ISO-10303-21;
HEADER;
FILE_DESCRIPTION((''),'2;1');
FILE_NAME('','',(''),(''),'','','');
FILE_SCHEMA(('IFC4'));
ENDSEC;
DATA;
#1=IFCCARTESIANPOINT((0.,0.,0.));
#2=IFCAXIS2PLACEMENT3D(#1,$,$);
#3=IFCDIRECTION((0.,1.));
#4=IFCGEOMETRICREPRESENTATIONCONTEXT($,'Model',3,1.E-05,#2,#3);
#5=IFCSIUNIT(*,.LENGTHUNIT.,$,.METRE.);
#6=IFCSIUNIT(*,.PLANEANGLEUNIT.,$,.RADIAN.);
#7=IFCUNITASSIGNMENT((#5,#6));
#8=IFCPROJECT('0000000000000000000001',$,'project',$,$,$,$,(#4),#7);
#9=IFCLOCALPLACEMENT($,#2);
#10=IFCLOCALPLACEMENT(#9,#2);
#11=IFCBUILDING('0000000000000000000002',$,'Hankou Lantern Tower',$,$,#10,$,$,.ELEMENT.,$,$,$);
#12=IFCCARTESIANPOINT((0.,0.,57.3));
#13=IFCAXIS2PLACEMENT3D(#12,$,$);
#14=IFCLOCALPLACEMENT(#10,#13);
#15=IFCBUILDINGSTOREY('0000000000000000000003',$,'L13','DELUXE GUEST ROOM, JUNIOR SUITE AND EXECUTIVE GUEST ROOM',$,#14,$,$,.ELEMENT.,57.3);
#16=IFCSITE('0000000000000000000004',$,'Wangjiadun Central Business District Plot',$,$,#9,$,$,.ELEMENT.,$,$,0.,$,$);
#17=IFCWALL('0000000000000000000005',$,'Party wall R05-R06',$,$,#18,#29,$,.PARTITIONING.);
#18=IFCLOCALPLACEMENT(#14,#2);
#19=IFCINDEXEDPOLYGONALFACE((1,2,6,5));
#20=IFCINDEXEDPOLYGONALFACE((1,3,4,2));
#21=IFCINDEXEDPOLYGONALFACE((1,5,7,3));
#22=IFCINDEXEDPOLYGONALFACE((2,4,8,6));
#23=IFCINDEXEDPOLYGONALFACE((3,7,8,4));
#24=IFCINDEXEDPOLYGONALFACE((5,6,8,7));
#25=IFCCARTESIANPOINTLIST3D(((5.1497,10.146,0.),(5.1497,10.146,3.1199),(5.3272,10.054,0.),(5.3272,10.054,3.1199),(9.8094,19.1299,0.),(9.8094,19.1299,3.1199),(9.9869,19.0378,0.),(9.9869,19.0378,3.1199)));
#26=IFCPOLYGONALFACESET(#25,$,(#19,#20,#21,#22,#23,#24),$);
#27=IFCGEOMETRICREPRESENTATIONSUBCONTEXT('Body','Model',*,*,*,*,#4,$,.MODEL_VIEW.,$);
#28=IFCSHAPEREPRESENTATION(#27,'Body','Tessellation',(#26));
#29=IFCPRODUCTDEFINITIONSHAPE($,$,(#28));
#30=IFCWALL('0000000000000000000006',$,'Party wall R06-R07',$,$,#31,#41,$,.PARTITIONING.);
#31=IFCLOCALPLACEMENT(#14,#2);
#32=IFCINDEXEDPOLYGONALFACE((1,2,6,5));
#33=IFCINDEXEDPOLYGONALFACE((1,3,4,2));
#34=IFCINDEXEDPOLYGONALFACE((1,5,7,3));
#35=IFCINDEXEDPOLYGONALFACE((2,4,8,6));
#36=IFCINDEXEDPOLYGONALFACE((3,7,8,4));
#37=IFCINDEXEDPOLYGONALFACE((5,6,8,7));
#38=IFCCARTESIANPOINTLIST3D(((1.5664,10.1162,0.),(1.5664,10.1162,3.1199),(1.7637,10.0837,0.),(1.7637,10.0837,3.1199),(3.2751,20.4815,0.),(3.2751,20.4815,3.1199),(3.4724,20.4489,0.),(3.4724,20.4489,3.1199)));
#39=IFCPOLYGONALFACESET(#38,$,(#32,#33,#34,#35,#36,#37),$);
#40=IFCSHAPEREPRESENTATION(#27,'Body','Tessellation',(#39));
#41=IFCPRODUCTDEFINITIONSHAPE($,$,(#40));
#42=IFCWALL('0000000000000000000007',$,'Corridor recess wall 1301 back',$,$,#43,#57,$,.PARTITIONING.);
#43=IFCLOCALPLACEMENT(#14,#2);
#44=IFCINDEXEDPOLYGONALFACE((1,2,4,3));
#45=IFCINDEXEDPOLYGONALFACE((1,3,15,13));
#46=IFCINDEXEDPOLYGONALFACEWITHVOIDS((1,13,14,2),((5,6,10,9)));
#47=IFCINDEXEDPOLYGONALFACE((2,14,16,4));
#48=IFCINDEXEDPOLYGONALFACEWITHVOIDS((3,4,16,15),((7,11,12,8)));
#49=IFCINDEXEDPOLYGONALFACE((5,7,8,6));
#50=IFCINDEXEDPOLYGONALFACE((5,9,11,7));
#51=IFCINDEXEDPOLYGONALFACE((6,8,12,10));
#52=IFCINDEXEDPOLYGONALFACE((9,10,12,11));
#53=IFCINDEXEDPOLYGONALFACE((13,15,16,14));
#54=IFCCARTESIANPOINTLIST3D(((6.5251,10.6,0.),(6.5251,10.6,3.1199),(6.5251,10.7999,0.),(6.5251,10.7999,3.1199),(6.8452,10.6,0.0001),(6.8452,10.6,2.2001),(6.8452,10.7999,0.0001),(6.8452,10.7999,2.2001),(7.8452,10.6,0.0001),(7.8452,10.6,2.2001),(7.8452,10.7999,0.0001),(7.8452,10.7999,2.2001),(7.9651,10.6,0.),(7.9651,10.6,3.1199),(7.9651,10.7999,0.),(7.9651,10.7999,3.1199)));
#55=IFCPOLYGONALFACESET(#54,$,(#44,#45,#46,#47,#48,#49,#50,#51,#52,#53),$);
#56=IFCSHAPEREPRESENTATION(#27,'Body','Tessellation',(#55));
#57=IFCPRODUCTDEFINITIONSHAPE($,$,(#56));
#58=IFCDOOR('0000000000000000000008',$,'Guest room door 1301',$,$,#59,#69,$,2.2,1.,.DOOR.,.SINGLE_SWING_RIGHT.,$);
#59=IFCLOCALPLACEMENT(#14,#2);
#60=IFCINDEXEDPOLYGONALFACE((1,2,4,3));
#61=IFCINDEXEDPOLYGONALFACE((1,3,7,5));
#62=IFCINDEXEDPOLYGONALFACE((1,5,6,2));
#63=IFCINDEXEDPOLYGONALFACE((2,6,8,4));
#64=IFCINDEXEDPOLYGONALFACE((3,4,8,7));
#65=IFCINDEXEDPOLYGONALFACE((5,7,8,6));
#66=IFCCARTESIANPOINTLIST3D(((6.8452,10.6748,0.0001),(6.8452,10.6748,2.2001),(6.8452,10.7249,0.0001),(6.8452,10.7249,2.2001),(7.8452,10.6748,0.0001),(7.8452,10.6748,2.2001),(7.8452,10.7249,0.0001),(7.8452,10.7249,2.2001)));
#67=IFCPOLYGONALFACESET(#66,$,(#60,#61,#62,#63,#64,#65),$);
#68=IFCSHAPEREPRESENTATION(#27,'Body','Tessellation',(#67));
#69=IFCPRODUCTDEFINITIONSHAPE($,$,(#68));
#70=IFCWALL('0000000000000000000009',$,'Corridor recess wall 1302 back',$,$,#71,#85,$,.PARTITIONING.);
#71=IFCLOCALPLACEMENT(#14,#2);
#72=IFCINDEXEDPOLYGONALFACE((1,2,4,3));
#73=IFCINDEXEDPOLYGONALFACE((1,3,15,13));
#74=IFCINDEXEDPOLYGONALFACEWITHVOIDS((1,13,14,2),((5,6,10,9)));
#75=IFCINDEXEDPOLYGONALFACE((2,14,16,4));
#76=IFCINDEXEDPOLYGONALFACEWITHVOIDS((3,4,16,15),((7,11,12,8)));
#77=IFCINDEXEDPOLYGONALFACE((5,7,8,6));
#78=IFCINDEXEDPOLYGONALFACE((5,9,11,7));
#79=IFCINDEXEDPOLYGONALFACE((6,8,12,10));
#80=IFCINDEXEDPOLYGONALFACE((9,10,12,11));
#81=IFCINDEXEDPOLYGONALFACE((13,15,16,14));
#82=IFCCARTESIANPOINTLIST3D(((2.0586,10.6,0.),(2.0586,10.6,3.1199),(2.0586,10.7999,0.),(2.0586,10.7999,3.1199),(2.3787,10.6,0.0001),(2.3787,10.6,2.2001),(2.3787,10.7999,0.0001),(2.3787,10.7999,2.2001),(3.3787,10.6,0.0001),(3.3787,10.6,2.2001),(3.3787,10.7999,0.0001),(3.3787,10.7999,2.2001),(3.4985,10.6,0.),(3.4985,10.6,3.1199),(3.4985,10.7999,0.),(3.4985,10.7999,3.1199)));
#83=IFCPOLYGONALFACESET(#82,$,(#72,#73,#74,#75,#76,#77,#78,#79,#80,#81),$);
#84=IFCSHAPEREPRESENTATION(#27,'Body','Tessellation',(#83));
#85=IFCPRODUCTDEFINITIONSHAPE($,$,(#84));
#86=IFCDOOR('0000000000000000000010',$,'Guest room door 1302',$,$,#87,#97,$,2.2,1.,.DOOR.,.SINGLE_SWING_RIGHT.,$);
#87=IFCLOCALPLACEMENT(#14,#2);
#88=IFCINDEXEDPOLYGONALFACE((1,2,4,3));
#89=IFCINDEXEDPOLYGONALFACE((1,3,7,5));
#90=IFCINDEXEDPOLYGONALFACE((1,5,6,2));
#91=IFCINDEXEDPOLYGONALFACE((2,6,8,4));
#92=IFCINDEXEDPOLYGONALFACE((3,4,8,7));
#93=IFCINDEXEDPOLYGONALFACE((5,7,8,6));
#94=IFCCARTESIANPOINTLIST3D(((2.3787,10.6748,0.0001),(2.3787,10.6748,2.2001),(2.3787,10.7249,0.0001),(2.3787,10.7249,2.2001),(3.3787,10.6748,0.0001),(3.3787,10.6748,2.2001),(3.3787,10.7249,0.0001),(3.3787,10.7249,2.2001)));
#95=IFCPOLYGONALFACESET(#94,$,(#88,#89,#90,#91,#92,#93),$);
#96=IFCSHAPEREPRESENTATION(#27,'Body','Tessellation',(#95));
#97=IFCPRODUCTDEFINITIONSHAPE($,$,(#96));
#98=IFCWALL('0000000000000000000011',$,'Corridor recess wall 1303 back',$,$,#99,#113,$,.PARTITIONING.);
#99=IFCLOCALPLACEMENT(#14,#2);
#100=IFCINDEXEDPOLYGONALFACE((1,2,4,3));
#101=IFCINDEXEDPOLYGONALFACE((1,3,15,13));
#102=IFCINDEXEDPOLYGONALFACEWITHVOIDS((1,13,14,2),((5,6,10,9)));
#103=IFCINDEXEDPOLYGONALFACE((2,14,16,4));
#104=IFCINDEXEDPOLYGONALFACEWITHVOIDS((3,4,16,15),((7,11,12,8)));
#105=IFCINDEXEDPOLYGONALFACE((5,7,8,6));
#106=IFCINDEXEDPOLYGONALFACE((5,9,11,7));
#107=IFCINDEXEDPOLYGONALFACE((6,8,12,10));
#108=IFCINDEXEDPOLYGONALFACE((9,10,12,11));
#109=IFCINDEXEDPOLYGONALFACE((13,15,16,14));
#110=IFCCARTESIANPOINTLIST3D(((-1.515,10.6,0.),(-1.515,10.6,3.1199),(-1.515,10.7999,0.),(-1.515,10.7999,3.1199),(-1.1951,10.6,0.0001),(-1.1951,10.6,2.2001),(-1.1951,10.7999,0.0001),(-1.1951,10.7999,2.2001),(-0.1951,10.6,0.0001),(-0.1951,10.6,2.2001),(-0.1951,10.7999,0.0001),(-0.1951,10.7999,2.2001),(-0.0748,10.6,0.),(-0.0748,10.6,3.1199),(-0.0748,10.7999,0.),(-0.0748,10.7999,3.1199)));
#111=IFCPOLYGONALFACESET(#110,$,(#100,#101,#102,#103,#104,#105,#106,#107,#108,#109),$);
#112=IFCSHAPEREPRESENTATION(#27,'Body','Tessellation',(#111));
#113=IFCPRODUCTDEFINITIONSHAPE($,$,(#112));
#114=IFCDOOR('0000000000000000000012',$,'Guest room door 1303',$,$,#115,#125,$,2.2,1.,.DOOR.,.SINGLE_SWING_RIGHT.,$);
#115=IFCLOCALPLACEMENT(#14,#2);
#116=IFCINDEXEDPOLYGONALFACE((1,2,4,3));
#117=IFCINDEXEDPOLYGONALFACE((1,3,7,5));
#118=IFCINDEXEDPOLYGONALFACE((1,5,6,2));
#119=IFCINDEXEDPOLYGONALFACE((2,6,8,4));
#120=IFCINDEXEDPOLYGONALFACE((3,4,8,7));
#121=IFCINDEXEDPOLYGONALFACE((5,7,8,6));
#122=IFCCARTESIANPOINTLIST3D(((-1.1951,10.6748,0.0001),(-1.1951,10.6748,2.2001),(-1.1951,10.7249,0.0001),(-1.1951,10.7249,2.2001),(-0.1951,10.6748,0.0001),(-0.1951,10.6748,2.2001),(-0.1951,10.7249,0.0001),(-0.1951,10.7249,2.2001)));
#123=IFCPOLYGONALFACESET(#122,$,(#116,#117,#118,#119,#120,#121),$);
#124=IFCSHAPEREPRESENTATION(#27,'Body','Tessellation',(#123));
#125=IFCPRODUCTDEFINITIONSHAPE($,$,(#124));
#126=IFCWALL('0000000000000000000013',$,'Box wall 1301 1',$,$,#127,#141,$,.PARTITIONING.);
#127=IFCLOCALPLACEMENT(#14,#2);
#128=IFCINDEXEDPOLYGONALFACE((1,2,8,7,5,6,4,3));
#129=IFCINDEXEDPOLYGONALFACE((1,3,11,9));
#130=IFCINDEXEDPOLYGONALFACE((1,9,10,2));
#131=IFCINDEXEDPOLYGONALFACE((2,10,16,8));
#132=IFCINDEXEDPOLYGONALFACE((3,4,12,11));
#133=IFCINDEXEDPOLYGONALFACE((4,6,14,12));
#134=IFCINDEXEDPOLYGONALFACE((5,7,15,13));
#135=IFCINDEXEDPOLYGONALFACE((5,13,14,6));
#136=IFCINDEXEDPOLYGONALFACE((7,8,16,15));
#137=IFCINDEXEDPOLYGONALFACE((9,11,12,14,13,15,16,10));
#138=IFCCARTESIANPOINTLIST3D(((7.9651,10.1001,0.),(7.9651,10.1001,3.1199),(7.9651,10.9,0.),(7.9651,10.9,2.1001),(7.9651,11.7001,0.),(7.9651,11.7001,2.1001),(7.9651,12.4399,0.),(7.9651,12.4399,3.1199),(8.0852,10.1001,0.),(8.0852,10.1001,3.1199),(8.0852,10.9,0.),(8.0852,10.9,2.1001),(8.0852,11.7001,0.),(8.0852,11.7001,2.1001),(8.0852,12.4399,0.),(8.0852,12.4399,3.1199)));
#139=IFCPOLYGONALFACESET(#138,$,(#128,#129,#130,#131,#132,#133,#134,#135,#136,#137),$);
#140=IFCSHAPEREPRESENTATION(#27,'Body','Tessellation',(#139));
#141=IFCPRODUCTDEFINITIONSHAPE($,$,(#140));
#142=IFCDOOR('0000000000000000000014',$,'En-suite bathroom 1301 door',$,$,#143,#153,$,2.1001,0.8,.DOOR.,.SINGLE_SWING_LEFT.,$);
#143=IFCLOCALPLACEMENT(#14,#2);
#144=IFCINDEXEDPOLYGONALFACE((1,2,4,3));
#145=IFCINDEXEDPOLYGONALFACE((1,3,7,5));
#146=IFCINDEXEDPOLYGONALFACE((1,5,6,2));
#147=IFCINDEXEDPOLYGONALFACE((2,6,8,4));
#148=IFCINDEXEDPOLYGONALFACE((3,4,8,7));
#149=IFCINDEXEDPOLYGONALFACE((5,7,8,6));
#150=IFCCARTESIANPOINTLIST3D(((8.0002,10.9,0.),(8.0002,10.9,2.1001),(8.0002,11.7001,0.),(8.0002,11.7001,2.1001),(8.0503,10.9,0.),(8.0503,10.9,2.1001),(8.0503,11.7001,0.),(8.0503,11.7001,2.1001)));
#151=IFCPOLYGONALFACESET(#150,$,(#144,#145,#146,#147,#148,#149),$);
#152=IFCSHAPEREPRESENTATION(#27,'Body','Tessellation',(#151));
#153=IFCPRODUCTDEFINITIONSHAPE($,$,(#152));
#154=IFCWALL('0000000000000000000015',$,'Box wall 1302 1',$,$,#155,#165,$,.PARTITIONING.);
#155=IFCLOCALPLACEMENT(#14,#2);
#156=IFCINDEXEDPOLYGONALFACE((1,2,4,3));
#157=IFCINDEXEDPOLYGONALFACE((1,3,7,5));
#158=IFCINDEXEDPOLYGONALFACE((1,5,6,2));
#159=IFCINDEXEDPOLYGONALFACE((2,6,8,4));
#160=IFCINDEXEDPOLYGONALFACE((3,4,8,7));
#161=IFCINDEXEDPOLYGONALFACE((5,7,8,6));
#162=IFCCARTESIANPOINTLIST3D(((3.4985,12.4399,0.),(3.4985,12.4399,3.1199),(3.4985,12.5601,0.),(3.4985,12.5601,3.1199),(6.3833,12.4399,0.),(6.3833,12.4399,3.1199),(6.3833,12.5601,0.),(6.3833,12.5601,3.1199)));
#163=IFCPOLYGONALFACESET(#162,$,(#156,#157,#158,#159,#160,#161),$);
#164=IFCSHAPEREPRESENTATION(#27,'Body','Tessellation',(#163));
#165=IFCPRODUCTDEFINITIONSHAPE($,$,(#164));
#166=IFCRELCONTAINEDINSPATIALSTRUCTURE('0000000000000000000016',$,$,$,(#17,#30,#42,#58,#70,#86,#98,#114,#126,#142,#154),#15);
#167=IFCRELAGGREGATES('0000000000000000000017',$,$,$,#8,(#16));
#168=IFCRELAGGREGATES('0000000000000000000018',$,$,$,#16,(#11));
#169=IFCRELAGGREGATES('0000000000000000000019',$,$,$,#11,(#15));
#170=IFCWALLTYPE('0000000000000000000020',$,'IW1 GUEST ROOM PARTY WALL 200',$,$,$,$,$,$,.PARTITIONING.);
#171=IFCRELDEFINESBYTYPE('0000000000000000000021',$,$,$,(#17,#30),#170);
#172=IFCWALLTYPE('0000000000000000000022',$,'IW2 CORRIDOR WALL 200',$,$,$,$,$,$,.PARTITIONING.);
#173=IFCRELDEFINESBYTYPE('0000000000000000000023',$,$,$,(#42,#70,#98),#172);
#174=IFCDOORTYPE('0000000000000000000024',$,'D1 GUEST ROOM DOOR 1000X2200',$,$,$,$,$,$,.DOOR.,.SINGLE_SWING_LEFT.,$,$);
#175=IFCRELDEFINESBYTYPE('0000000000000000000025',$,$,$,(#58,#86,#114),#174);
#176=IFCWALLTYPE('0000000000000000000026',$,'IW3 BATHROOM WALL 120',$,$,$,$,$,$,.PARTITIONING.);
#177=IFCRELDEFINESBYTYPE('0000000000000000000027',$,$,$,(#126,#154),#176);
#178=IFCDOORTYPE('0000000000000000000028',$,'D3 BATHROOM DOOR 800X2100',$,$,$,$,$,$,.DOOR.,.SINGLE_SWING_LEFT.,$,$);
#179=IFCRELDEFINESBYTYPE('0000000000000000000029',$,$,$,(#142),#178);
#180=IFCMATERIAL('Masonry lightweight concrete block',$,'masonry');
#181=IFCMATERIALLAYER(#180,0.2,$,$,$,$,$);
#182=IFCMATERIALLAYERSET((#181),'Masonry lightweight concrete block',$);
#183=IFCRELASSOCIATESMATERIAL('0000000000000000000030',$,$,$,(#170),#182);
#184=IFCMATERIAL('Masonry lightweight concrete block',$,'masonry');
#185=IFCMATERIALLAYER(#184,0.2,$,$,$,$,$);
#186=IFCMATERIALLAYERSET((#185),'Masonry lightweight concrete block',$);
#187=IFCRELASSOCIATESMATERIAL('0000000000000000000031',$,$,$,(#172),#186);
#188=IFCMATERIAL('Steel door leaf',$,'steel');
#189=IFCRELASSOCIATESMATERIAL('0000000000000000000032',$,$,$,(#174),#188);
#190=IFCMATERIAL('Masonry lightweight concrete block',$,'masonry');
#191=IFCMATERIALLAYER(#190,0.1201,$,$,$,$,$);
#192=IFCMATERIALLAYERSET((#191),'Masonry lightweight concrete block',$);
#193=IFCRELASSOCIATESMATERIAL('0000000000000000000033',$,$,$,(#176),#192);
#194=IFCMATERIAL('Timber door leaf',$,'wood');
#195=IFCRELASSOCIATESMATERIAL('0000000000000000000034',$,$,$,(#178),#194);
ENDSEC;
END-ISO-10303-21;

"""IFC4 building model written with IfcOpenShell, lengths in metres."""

from ifc_helpers import new_model, si_unit, direction, frame, frame_2d, origin, place, context, subcontext, project, spatial, rectangle, extrude, material, layer, layer_set, type_object, element, fill, save


model = new_model("IFC4")

# Units and contexts
model_context = context("Model", 3, precision=1e-05, world=origin(), true_north=direction((0.0, 1.0)))
body_context = subcontext(model_context, "Body", "Model", "MODEL_VIEW")
ifc_project = project(units=[si_unit("LENGTHUNIT", "METRE"), si_unit("PLANEANGLEUNIT", "RADIAN")], contexts=[model_context])

# Site, building, storey
site_placement = place(None, origin())
site = spatial("IfcSite", under=ifc_project, at=site_placement, Name="Wangjiadun Central Business District Plot", CompositionType="ELEMENT", RefElevation=0.0)
building_placement = place(site_placement, origin())
building = spatial("IfcBuilding", under=site, at=building_placement, Name="Hankou Lantern Tower", CompositionType="ELEMENT")
storey_placement = place(building_placement, frame((0.0, 0.0, 57.3)))
storey = spatial("IfcBuildingStorey", under=building, at=storey_placement, Name="L13", Description="DELUXE GUEST ROOM, JUNIOR SUITE AND EXECUTIVE GUEST ROOM", CompositionType="ELEMENT", Elevation=57.3)

# Walls
ifc_material_1 = material(Name="Masonry lightweight concrete block", Category="masonry")
ifc_layer_1 = layer(ifc_material_1, 0.2)
ifc_layer_set_1 = layer_set([ifc_layer_1], Name="Masonry lightweight concrete block")
wall_type_1 = type_object("IfcWallType", Name="IW1 GUEST ROOM PARTY WALL 200", PredefinedType="PARTITIONING", material=ifc_layer_set_1)
wall_1_placement = place(storey_placement, frame((5.2385, 10.1001, 0.0), z_axis=(0.0, 0.0, 1.0), x_axis=(0.460423, 0.8877, 0.0)))
element("IfcWall", 1, at=wall_1_placement, inside=storey, type_object=wall_type_1, Name="Party wall R05-R06", PredefinedType="PARTITIONING", context=body_context, shape_type="SweptSolid", body=[
    extrude(rectangle(XDim=10.1204, YDim=0.2, at=frame_2d((5.0601, 0.0))), origin(), (0.0, 0.0, 1.0), 3.1199),
])
wall_2_placement = place(storey_placement, frame((1.665, 10.1001, 0.0), z_axis=(0.0, 0.0, 1.0), x_axis=(0.162658, 0.986683, 0.0)))
element("IfcWall", 2, at=wall_2_placement, inside=storey, type_object=wall_type_1, Name="Party wall R06-R07", PredefinedType="PARTITIONING", context=body_context, shape_type="SweptSolid", body=[
    extrude(rectangle(XDim=10.5051, YDim=0.2, at=frame_2d((5.2524, 0.0))), origin(), (0.0, 0.0, 1.0), 3.1199),
])

# Walls, openings, doors
ifc_material_2 = material(Name="Masonry lightweight concrete block", Category="masonry")
ifc_layer_2 = layer(ifc_material_2, 0.2)
ifc_layer_set_2 = layer_set([ifc_layer_2], Name="Masonry lightweight concrete block")
wall_type_2 = type_object("IfcWallType", Name="IW2 CORRIDOR WALL 200", PredefinedType="PARTITIONING", material=ifc_layer_set_2)
wall_3_placement = place(storey_placement, frame((6.5251, 10.7, 0.0), z_axis=(0.0, 0.0, 1.0), x_axis=(1.0, 0.0, 0.0)))
wall_3 = element("IfcWall", 3, at=wall_3_placement, inside=storey, type_object=wall_type_2, Name="Corridor recess wall 1301 back", PredefinedType="PARTITIONING", context=body_context, shape_type="SweptSolid", body=[
    extrude(rectangle(XDim=1.4399, YDim=0.2, at=frame_2d((0.72, 0.0))), origin(), (0.0, 0.0, 1.0), 3.1199),
])
opening_1_placement = place(wall_3_placement, frame((0.3201, 0.0, 0.0)))
opening_1 = element("IfcOpeningElement", 4, at=opening_1_placement, cuts=wall_3, PredefinedType="OPENING", context=body_context, shape_type="SweptSolid", body=[
    extrude(rectangle(XDim=1.0, YDim=2.2, at=frame_2d((0.5, 1.1001))), frame((0.0, 0.1099, 0.0), z_axis=(0.0, -1.0, 0.0), x_axis=(1.0, 0.0, 0.0)), (0.0, 0.0, 1.0), 0.22),
])
ifc_material_3 = material(Name="Steel door leaf", Category="steel")
door_type_1 = type_object("IfcDoorType", Name="D1 GUEST ROOM DOOR 1000X2200", OperationType="SINGLE_SWING_LEFT", PredefinedType="DOOR", material=ifc_material_3)
door_1_placement = place(opening_1_placement, origin())
door_1 = element("IfcDoor", 5, at=door_1_placement, inside=storey, type_object=door_type_1, Name="Guest room door 1301", OperationType="SINGLE_SWING_RIGHT", OverallHeight=2.2, OverallWidth=1.0, PredefinedType="DOOR", context=body_context, shape_type="SweptSolid", body=[
    extrude(rectangle(XDim=1.0, YDim=2.2, at=frame_2d((0.5, 1.1001))), frame((0.0, 0.0249, 0.0), z_axis=(0.0, -1.0, 0.0), x_axis=(1.0, 0.0, 0.0)), (0.0, 0.0, 1.0), 0.05),
])
fill(opening_1, door_1)
wall_4_placement = place(storey_placement, frame((2.0586, 10.7, 0.0), z_axis=(0.0, 0.0, 1.0), x_axis=(1.0, 0.0, 0.0)))
wall_4 = element("IfcWall", 6, at=wall_4_placement, inside=storey, type_object=wall_type_2, Name="Corridor recess wall 1302 back", PredefinedType="PARTITIONING", context=body_context, shape_type="SweptSolid", body=[
    extrude(rectangle(XDim=1.4399, YDim=0.2, at=frame_2d((0.72, 0.0))), origin(), (0.0, 0.0, 1.0), 3.1199),
])
opening_2_placement = place(wall_4_placement, frame((0.3201, 0.0, 0.0)))
opening_2 = element("IfcOpeningElement", 7, at=opening_2_placement, cuts=wall_4, PredefinedType="OPENING", context=body_context, shape_type="SweptSolid", body=[
    extrude(rectangle(XDim=1.0, YDim=2.2, at=frame_2d((0.5, 1.1001))), frame((0.0, 0.1099, 0.0), z_axis=(0.0, -1.0, 0.0), x_axis=(1.0, 0.0, 0.0)), (0.0, 0.0, 1.0), 0.22),
])
door_2_placement = place(opening_2_placement, origin())
door_2 = element("IfcDoor", 8, at=door_2_placement, inside=storey, type_object=door_type_1, Name="Guest room door 1302", OperationType="SINGLE_SWING_RIGHT", OverallHeight=2.2, OverallWidth=1.0, PredefinedType="DOOR", context=body_context, shape_type="SweptSolid", body=[
    extrude(rectangle(XDim=1.0, YDim=2.2, at=frame_2d((0.5, 1.1001))), frame((0.0, 0.0249, 0.0), z_axis=(0.0, -1.0, 0.0), x_axis=(1.0, 0.0, 0.0)), (0.0, 0.0, 1.0), 0.05),
])
fill(opening_2, door_2)
wall_5_placement = place(storey_placement, frame((-1.5151, 10.7, 0.0), z_axis=(0.0, 0.0, 1.0), x_axis=(1.0, 0.0, 0.0)))
wall_5 = element("IfcWall", 9, at=wall_5_placement, inside=storey, type_object=wall_type_2, Name="Corridor recess wall 1303 back", PredefinedType="PARTITIONING", context=body_context, shape_type="SweptSolid", body=[
    extrude(rectangle(XDim=1.4402, YDim=0.2, at=frame_2d((0.7202, 0.0))), origin(), (0.0, 0.0, 1.0), 3.1199),
])
opening_3_placement = place(wall_5_placement, frame((0.3201, 0.0, 0.0)))
opening_3 = element("IfcOpeningElement", 10, at=opening_3_placement, cuts=wall_5, PredefinedType="OPENING", context=body_context, shape_type="SweptSolid", body=[
    extrude(rectangle(XDim=1.0, YDim=2.2, at=frame_2d((0.5, 1.1001))), frame((0.0, 0.1099, 0.0), z_axis=(0.0, -1.0, 0.0), x_axis=(1.0, 0.0, 0.0)), (0.0, 0.0, 1.0), 0.22),
])
door_3_placement = place(opening_3_placement, origin())
door_3 = element("IfcDoor", 11, at=door_3_placement, inside=storey, type_object=door_type_1, Name="Guest room door 1303", OperationType="SINGLE_SWING_RIGHT", OverallHeight=2.2, OverallWidth=1.0, PredefinedType="DOOR", context=body_context, shape_type="SweptSolid", body=[
    extrude(rectangle(XDim=1.0, YDim=2.2, at=frame_2d((0.5, 1.1001))), frame((0.0, 0.0249, 0.0), z_axis=(0.0, -1.0, 0.0), x_axis=(1.0, 0.0, 0.0)), (0.0, 0.0, 1.0), 0.05),
])
fill(opening_3, door_3)
ifc_material_4 = material(Name="Masonry lightweight concrete block", Category="masonry")
ifc_layer_3 = layer(ifc_material_4, 0.1201)
ifc_layer_set_3 = layer_set([ifc_layer_3], Name="Masonry lightweight concrete block")
wall_type_3 = type_object("IfcWallType", Name="IW3 BATHROOM WALL 120", PredefinedType="PARTITIONING", material=ifc_layer_set_3)
wall_6_placement = place(storey_placement, frame((8.0251, 10.1001, 0.0), z_axis=(0.0, 0.0, 1.0), x_axis=(0.0, 1.0, 0.0)))
wall_6 = element("IfcWall", 12, at=wall_6_placement, inside=storey, type_object=wall_type_3, Name="Box wall 1301 1", PredefinedType="PARTITIONING", context=body_context, shape_type="SweptSolid", body=[
    extrude(rectangle(XDim=2.3398, YDim=0.1201, at=frame_2d((1.1699, 0.0))), origin(), (0.0, 0.0, 1.0), 3.1199),
])
opening_4_placement = place(wall_6_placement, frame((0.8, 0.0, 0.0)))
opening_4 = element("IfcOpeningElement", 13, at=opening_4_placement, cuts=wall_6, PredefinedType="OPENING", context=body_context, shape_type="SweptSolid", body=[
    extrude(rectangle(XDim=0.8, YDim=2.1001, at=frame_2d((0.3999, 1.05))), frame((0.0, 0.0701, 0.0), z_axis=(0.0, -1.0, 0.0), x_axis=(1.0, 0.0, 0.0)), (0.0, 0.0, 1.0), 0.1401),
])
ifc_material_5 = material(Name="Timber door leaf", Category="wood")
door_type_2 = type_object("IfcDoorType", Name="D3 BATHROOM DOOR 800X2100", OperationType="SINGLE_SWING_LEFT", PredefinedType="DOOR", material=ifc_material_5)
door_4_placement = place(opening_4_placement, origin())
door_4 = element("IfcDoor", 14, at=door_4_placement, inside=storey, type_object=door_type_2, Name="En-suite bathroom 1301 door", OperationType="SINGLE_SWING_LEFT", OverallHeight=2.1001, OverallWidth=0.8, PredefinedType="DOOR", context=body_context, shape_type="SweptSolid", body=[
    extrude(rectangle(XDim=0.8, YDim=2.1001, at=frame_2d((0.3999, 1.05))), frame((0.0, 0.0249, 0.0), z_axis=(0.0, -1.0, 0.0), x_axis=(1.0, 0.0, 0.0)), (0.0, 0.0, 1.0), 0.05),
])
fill(opening_4, door_4)

# Wall
wall_7_placement = place(storey_placement, frame((6.3833, 12.5, 0.0), z_axis=(0.0, 0.0, 1.0), x_axis=(-1.0, 0.0, 0.0)))
element("IfcWall", 15, at=wall_7_placement, inside=storey, type_object=wall_type_3, Name="Box wall 1302 1", PredefinedType="PARTITIONING", context=body_context, shape_type="SweptSolid", body=[
    extrude(rectangle(XDim=2.8848, YDim=0.1201, at=frame_2d((1.4424, 0.0))), origin(), (0.0, 0.0, 1.0), 3.1199),
])

save(model, "model.ifc")
